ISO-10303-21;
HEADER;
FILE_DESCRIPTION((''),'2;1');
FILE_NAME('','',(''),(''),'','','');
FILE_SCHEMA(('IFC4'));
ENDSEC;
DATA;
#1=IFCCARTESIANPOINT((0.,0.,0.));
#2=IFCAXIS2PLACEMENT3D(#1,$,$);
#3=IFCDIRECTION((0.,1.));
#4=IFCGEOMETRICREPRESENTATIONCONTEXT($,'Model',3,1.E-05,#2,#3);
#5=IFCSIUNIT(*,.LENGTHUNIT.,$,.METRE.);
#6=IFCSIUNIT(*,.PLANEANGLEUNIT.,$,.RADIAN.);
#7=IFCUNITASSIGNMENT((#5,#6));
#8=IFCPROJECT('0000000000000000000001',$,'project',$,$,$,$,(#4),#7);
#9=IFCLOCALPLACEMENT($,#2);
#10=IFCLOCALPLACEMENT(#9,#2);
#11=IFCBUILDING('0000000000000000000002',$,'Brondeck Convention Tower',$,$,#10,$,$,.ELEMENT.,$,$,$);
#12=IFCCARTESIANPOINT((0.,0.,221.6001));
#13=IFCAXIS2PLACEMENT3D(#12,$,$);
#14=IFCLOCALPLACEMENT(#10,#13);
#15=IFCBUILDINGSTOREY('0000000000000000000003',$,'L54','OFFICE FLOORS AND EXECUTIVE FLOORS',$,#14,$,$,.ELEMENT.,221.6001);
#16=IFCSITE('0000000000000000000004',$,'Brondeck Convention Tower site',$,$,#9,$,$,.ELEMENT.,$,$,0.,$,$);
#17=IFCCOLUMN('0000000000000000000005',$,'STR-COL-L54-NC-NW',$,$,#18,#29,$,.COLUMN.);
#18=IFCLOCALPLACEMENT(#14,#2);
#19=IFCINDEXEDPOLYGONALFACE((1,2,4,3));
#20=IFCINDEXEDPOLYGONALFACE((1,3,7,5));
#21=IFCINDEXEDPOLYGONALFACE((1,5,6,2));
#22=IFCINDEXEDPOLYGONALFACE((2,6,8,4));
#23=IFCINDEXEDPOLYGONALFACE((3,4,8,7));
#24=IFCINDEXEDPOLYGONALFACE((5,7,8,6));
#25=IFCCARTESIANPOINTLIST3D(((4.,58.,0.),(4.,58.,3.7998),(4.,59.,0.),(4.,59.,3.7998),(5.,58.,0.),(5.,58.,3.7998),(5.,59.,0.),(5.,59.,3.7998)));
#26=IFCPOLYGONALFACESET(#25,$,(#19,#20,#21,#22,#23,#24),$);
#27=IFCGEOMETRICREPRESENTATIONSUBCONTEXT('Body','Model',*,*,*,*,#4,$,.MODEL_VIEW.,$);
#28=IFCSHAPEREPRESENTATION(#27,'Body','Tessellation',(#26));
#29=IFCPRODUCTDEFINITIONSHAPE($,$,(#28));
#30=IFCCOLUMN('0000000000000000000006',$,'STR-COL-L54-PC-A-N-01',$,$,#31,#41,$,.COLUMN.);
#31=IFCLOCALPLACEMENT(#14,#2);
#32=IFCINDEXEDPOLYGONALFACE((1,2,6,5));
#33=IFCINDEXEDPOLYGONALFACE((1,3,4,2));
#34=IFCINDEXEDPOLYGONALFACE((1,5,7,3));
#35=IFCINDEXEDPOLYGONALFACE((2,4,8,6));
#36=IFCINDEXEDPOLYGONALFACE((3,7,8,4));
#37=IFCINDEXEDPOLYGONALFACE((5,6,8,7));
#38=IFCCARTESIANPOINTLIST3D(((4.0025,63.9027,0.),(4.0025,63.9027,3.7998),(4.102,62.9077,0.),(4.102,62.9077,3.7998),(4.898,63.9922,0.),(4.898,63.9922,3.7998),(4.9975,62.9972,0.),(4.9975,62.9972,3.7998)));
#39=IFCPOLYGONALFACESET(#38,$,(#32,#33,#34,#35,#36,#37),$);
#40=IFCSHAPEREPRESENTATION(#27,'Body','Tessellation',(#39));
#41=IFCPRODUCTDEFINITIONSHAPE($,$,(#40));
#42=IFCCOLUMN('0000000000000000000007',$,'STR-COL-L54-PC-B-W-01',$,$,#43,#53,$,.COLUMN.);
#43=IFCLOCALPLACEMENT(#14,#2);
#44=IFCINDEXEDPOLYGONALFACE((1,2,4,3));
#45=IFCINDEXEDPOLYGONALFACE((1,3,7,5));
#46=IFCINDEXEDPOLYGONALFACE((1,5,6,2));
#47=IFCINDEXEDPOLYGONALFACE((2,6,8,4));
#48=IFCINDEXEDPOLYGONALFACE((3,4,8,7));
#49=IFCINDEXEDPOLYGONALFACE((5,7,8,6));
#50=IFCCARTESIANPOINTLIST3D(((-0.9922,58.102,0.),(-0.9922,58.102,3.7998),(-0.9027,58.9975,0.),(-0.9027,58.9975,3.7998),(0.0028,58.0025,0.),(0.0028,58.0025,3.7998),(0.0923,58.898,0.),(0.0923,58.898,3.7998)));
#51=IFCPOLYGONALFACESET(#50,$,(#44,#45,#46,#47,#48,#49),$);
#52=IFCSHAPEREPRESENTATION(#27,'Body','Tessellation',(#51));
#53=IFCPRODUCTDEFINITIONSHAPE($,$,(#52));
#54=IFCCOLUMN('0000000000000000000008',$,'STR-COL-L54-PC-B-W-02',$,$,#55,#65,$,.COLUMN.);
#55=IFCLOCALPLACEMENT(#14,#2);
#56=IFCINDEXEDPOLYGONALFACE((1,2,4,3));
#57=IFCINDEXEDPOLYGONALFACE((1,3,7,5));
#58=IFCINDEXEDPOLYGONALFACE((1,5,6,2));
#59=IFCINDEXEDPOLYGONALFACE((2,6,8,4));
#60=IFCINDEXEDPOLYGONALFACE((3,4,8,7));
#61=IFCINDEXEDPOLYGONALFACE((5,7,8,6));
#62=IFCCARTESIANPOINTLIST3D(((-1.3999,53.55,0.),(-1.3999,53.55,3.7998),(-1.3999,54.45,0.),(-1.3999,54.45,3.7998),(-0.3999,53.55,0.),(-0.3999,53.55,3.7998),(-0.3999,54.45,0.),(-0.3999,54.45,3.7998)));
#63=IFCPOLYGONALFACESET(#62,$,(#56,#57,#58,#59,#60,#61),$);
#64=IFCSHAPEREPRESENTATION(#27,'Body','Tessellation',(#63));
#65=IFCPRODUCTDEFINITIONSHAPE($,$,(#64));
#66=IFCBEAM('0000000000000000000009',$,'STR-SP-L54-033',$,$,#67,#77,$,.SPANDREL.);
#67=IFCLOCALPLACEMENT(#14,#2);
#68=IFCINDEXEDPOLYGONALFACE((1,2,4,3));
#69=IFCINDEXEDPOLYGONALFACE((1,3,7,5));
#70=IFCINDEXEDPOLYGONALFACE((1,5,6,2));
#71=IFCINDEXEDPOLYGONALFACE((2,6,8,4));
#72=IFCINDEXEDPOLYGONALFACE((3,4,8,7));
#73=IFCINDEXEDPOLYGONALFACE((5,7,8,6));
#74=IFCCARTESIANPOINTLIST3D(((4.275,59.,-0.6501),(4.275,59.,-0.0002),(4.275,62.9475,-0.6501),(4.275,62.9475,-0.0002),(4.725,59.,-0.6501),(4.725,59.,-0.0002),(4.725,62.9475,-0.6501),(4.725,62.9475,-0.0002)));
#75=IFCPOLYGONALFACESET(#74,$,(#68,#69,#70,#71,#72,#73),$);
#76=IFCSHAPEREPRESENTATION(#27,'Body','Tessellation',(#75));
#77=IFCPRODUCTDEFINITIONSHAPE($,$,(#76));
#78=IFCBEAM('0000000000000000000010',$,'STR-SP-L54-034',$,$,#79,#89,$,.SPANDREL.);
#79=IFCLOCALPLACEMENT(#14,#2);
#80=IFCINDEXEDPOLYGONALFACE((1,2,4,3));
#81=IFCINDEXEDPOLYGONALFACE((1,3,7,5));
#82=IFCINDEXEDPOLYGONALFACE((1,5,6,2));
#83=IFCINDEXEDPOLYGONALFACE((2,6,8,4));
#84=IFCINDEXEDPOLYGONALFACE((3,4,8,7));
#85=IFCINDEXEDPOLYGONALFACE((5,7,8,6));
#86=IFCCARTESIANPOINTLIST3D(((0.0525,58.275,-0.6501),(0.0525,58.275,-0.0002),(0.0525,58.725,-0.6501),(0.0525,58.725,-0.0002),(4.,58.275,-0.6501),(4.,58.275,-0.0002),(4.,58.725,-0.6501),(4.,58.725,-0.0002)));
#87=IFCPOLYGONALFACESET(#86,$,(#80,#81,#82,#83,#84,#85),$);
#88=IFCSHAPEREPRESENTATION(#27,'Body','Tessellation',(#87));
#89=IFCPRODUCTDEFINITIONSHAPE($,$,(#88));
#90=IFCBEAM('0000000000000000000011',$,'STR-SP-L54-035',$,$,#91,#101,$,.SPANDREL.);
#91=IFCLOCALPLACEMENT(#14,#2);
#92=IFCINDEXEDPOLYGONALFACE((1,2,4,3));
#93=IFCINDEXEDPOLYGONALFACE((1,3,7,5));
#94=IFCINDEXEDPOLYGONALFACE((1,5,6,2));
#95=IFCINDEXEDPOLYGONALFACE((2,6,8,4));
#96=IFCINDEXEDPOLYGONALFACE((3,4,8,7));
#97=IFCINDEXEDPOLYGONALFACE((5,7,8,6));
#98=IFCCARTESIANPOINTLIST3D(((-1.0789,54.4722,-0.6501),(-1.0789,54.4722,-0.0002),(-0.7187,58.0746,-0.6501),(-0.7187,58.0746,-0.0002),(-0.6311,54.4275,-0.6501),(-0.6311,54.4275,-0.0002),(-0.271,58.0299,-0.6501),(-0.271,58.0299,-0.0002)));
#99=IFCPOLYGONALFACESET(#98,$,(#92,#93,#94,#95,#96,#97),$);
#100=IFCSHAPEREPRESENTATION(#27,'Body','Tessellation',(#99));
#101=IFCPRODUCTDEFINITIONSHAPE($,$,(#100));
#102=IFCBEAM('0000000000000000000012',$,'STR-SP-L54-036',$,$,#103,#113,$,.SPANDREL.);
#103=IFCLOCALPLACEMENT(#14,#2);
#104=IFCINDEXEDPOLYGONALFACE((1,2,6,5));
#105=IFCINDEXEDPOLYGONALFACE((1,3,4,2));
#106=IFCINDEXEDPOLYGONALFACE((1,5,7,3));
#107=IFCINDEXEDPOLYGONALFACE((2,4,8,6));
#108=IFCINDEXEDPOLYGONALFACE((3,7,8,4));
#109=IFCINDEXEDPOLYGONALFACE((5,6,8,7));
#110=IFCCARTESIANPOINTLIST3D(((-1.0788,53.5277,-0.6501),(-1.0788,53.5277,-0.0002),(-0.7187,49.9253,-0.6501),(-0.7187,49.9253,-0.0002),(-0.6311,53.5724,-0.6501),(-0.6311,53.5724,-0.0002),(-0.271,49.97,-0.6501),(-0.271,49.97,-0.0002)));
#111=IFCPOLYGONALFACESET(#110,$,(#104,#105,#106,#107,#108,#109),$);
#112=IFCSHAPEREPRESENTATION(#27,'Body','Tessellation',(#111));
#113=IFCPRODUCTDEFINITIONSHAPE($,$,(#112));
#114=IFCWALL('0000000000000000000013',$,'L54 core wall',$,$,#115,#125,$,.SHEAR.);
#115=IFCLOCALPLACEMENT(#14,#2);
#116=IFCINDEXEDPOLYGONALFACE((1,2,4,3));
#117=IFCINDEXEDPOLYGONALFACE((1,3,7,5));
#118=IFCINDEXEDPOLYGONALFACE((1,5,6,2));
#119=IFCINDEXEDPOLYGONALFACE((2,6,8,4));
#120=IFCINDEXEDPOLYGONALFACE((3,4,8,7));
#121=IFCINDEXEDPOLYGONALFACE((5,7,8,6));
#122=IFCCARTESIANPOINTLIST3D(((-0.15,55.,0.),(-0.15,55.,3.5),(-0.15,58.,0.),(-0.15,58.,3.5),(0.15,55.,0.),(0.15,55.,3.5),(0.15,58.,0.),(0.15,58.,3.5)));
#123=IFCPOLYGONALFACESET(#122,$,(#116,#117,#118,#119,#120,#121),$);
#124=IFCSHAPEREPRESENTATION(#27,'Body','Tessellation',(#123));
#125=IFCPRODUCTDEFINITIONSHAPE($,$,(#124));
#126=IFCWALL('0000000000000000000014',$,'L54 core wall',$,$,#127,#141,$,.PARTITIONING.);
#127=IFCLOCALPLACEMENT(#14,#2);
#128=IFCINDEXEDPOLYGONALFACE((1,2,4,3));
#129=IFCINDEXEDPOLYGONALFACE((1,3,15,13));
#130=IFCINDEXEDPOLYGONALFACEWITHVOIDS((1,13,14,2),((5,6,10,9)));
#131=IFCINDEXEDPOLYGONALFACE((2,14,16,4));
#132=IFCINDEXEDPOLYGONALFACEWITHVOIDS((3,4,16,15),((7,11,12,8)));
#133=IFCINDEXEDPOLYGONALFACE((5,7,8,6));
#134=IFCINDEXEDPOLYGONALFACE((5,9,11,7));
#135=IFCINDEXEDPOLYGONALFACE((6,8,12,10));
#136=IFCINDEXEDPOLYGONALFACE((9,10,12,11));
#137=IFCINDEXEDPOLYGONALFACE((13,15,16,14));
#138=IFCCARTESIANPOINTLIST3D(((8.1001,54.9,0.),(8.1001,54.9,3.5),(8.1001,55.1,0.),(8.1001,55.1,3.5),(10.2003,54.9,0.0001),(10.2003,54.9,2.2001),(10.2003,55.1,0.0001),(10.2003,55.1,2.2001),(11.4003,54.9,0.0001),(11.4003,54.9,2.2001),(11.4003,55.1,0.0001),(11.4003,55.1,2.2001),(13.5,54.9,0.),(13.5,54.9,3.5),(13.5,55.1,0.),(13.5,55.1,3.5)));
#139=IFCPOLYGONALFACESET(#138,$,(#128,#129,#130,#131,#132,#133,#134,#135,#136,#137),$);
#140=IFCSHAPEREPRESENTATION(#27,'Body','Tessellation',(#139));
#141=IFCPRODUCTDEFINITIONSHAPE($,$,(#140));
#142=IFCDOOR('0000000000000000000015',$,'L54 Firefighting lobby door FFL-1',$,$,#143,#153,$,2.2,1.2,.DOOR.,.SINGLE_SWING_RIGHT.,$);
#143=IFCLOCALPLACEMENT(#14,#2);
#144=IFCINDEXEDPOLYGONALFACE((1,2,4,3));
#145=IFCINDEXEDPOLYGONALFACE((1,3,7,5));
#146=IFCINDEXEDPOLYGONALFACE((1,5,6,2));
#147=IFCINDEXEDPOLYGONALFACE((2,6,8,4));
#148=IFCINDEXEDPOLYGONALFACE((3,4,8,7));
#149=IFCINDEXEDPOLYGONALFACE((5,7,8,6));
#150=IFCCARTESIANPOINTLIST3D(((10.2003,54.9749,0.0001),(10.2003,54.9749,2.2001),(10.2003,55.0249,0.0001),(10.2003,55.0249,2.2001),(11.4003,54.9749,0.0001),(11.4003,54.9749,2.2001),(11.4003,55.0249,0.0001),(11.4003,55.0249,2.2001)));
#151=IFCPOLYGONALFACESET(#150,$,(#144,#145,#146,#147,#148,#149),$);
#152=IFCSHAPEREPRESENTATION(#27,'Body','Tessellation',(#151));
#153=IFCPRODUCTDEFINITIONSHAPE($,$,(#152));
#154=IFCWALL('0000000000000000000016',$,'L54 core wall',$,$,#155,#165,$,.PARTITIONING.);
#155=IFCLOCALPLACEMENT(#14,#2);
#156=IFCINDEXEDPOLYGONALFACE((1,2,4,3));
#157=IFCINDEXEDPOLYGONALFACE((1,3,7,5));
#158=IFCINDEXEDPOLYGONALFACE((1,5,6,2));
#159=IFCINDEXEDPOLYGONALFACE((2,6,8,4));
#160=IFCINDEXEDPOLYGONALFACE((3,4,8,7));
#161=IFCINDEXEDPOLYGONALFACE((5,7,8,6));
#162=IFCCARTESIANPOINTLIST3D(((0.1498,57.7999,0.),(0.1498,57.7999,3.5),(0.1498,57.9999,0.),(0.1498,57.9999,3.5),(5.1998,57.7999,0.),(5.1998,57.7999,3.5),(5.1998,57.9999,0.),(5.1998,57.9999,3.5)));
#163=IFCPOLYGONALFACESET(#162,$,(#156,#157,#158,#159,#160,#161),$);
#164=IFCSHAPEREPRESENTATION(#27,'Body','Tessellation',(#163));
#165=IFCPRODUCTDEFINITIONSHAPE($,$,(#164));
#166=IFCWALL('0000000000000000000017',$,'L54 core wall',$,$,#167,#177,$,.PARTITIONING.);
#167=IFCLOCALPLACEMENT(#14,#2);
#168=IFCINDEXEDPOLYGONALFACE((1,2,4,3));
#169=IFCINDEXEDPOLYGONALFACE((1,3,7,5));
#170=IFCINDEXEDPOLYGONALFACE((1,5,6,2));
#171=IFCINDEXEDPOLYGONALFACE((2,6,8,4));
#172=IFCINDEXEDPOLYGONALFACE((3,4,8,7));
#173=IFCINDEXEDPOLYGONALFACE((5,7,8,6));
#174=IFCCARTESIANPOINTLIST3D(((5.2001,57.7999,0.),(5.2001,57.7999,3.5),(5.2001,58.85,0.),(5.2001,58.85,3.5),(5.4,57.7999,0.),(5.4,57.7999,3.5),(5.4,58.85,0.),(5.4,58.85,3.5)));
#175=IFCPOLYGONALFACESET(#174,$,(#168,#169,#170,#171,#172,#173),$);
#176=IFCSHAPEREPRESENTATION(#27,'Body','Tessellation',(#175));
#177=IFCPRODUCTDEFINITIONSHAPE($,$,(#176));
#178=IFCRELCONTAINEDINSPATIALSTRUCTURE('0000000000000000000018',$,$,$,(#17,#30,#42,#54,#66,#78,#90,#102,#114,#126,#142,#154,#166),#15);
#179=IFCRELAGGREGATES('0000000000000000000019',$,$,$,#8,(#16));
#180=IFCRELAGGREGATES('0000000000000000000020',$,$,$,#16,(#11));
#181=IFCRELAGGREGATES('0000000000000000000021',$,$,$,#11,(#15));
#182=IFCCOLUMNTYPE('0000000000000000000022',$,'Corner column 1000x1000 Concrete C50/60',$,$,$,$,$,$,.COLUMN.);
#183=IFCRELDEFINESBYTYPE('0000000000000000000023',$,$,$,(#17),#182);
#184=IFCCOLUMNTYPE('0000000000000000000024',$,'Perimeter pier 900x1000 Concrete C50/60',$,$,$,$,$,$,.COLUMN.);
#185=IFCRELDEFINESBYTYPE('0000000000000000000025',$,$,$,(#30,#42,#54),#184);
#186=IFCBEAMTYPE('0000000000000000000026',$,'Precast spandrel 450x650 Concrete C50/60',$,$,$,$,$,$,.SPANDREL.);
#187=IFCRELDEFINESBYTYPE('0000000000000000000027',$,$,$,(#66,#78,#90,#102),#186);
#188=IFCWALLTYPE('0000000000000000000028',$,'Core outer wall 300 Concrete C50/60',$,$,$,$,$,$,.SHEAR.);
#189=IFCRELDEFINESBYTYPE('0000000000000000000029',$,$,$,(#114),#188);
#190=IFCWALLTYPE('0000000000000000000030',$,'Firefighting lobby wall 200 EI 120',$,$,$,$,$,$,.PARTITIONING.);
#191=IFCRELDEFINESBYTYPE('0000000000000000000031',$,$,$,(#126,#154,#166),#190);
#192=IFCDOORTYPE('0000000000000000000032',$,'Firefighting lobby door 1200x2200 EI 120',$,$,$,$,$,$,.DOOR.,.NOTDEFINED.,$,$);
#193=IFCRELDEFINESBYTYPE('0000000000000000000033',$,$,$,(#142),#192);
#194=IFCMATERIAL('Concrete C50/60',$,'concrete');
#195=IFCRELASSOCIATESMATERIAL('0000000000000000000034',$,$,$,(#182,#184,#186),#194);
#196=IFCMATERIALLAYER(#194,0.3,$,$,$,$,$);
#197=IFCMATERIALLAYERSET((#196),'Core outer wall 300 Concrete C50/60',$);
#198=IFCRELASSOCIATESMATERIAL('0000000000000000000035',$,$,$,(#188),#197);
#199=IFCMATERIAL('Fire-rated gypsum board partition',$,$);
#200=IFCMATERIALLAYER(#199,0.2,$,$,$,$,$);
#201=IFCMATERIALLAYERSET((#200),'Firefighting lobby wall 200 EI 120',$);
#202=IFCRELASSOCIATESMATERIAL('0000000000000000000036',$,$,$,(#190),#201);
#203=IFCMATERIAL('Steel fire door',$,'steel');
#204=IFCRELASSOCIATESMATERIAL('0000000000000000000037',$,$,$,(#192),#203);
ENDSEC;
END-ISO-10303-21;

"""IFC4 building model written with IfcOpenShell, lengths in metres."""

from ifc_helpers import new_model, si_unit, direction, frame, frame_2d, origin, origin_2d, place, context, subcontext, project, spatial, rectangle, extrude, material, layer, layer_set, material_profile, profile_set, type_object, element, fill, save


model = new_model("IFC4")

# Units and contexts
model_context = context("Model", 3, precision=1e-05, world=origin(), true_north=direction((0.0, 1.0)))
body_context = subcontext(model_context, "Body", "Model", "MODEL_VIEW")
ifc_project = project(units=[si_unit("LENGTHUNIT", "METRE"), si_unit("PLANEANGLEUNIT", "RADIAN")], contexts=[model_context])

# Site, building, storey
site_placement = place(None, origin())
site = spatial("IfcSite", under=ifc_project, at=site_placement, Name="Brondeck Convention Tower site", CompositionType="ELEMENT", RefElevation=0.0)
building_placement = place(site_placement, origin())
building = spatial("IfcBuilding", under=site, at=building_placement, Name="Brondeck Convention Tower", CompositionType="ELEMENT")
storey_placement = place(building_placement, frame((0.0, 0.0, 221.6001)))
storey = spatial("IfcBuildingStorey", under=building, at=storey_placement, Name="L54", Description="OFFICE FLOORS AND EXECUTIVE FLOORS", CompositionType="ELEMENT", Elevation=221.6001)

# Columns
ifc_material_1 = material(Name="Concrete C50/60", Category="concrete")
ifc_material_profile_1 = material_profile(ifc_material_1, rectangle(XDim=1.0, YDim=1.0, at=origin_2d()), Name="Corner column 1000x1000 Concrete C50/60")
ifc_profile_set_1 = profile_set([ifc_material_profile_1], Name="Concrete C50/60")
column_type_1 = type_object("IfcColumnType", Name="Corner column 1000x1000 Concrete C50/60", PredefinedType="COLUMN", material=ifc_profile_set_1)
column_placement = place(storey_placement, frame((4.5, 58.5, 0.0), z_axis=(0.0, 0.0, 1.0), x_axis=(1.0, 0.0, 0.0)))
element("IfcColumn", 1, at=column_placement, inside=storey, type_object=column_type_1, Name="STR-COL-L54-NC-NW", PredefinedType="COLUMN", context=body_context, shape_type="SweptSolid", body=[
    extrude(rectangle(XDim=1.0, YDim=1.0, at=origin_2d()), origin(), (0.0, 0.0, 1.0), 3.7998),
])
ifc_material_profile_2 = material_profile(ifc_material_1, rectangle(XDim=0.8999, YDim=1.0, at=origin_2d()), Name="Perimeter pier 900x1000 Concrete C50/60")
ifc_profile_set_2 = profile_set([ifc_material_profile_2], Name="Concrete C50/60")
column_type_2 = type_object("IfcColumnType", Name="Perimeter pier 900x1000 Concrete C50/60", PredefinedType="COLUMN", material=ifc_profile_set_2)
for number, where, z_axis, x_axis, name in (
    (2, (4.5, 63.45, 0.0), (0.0, 0.0, 1.0), (-0.995037, -0.099504, 0.0), "STR-COL-L54-PC-A-N-01"),
    (3, (-0.45, 58.5, 0.0), (0.0, 0.0, 1.0), (-0.099504, -0.995037, 0.0), "STR-COL-L54-PC-B-W-01"),
    (4, (-0.8999, 54.0, 0.0), (0.0, 0.0, 1.0), (0.0, -1.0, 0.0), "STR-COL-L54-PC-B-W-02"),
):
    element("IfcColumn", number, at=place(storey_placement, frame(where, z_axis=z_axis, x_axis=x_axis)), inside=storey, type_object=column_type_2, Name=name, PredefinedType="COLUMN", context=body_context, shape_type="SweptSolid", body=[
        extrude(rectangle(XDim=0.8999, YDim=1.0, at=origin_2d()), origin(), (0.0, 0.0, 1.0), 3.7998),
    ])

# Beams
ifc_material_profile_3 = material_profile(ifc_material_1, rectangle(XDim=0.45, YDim=0.6499, at=origin_2d()), Name="Precast spandrel 450x650 Concrete C50/60")
ifc_profile_set_3 = profile_set([ifc_material_profile_3], Name="Concrete C50/60")
beam_type = type_object("IfcBeamType", Name="Precast spandrel 450x650 Concrete C50/60", PredefinedType="SPANDREL", material=ifc_profile_set_3)
for number, where, z_axis, x_axis, name in (
    (5, (4.5, 62.9475, -0.3252), (0.0, -1.0, 0.0), (1.0, 0.0, 0.0), "STR-SP-L54-033"),
    (6, (4.0, 58.5, -0.3252), (-1.0, 0.0, 0.0), (0.0, -1.0, 0.0), "STR-SP-L54-034"),
):
    element("IfcBeam", number, at=place(storey_placement, frame(where, z_axis=z_axis, x_axis=x_axis)), inside=storey, type_object=beam_type, Name=name, PredefinedType="SPANDREL", context=body_context, shape_type="SweptSolid", body=[
        extrude(rectangle(XDim=0.45, YDim=0.6499, at=origin_2d()), origin(), (0.0, 0.0, 1.0), 3.9475),
    ])
for number, where, z_axis, x_axis, name in (
    (7, (-0.4949, 58.0522, -0.3252), (-0.09947, -0.995041, 0.0), (0.995041, -0.09947, 0.0), "STR-SP-L54-035"),
    (8, (-0.855, 53.55, -0.3252), (0.09947, -0.995041, 0.0), (0.995041, 0.09947, 0.0), "STR-SP-L54-036"),
):
    element("IfcBeam", number, at=place(storey_placement, frame(where, z_axis=z_axis, x_axis=x_axis)), inside=storey, type_object=beam_type, Name=name, PredefinedType="SPANDREL", context=body_context, shape_type="SweptSolid", body=[
        extrude(rectangle(XDim=0.45, YDim=0.6499, at=origin_2d()), origin(), (0.0, 0.0, 1.0), 3.6204),
    ])

# Wall
ifc_layer_1 = layer(ifc_material_1, 0.3)
ifc_layer_set_1 = layer_set([ifc_layer_1], Name="Core outer wall 300 Concrete C50/60")
wall_type_1 = type_object("IfcWallType", Name="Core outer wall 300 Concrete C50/60", PredefinedType="SHEAR", material=ifc_layer_set_1)
wall_1_placement = place(storey_placement, frame((0.0, 55.0, 0.0), z_axis=(0.0, 0.0, 1.0), x_axis=(0.0, 1.0, 0.0)))
element("IfcWall", 9, at=wall_1_placement, inside=storey, type_object=wall_type_1, Name="L54 core wall", PredefinedType="SHEAR", context=body_context, shape_type="SweptSolid", body=[
    extrude(rectangle(XDim=3.0, YDim=0.3, at=frame_2d((1.5, 0.0))), origin(), (0.0, 0.0, 1.0), 3.5),
])

# Wall, opening, door
ifc_material_2 = material(Name="Fire-rated gypsum board partition")
ifc_layer_2 = layer(ifc_material_2, 0.2)
ifc_layer_set_2 = layer_set([ifc_layer_2], Name="Firefighting lobby wall 200 EI 120")
wall_type_2 = type_object("IfcWallType", Name="Firefighting lobby wall 200 EI 120", PredefinedType="PARTITIONING", material=ifc_layer_set_2)
wall_2_placement = place(storey_placement, frame((8.1001, 55.0, 0.0), z_axis=(0.0, 0.0, 1.0), x_axis=(1.0, 0.0, 0.0)))
wall_2 = element("IfcWall", 10, at=wall_2_placement, inside=storey, type_object=wall_type_2, Name="L54 core wall", PredefinedType="PARTITIONING", context=body_context, shape_type="SweptSolid", body=[
    extrude(rectangle(XDim=5.3999, YDim=0.2, at=frame_2d((2.7, 0.0))), origin(), (0.0, 0.0, 1.0), 3.5),
])
opening_1_placement = place(wall_2_placement, frame((2.1001, 0.0, 0.0)))
opening_1 = element("IfcOpeningElement", 11, at=opening_1_placement, cuts=wall_2, PredefinedType="OPENING", context=body_context, shape_type="SweptSolid", body=[
    extrude(rectangle(XDim=1.2, YDim=2.2, at=frame_2d((0.6001, 1.1001))), frame((0.0, 0.1099, 0.0), z_axis=(0.0, -1.0, 0.0), x_axis=(1.0, 0.0, 0.0)), (0.0, 0.0, 1.0), 0.22),
])
ifc_material_3 = material(Name="Steel fire door", Category="steel")
door_type_1 = type_object("IfcDoorType", Name="Firefighting lobby door 1200x2200 EI 120", OperationType="NOTDEFINED", PredefinedType="DOOR", material=ifc_material_3)
door_1_placement = place(opening_1_placement, origin())
door_1 = element("IfcDoor", 12, at=door_1_placement, inside=storey, type_object=door_type_1, Name="L54 Firefighting lobby door FFL-1", OperationType="SINGLE_SWING_RIGHT", OverallHeight=2.2, OverallWidth=1.2, PredefinedType="DOOR", context=body_context, shape_type="SweptSolid", body=[
    extrude(rectangle(XDim=1.2, YDim=2.2, at=frame_2d((0.6001, 1.1001))), frame((0.0, 0.0249, 0.0), z_axis=(0.0, -1.0, 0.0), x_axis=(1.0, 0.0, 0.0)), (0.0, 0.0, 1.0), 0.05),
])
fill(opening_1, door_1)

# Walls
wall_3_placement = place(storey_placement, frame((0.1499, 57.8999, 0.0), z_axis=(0.0, 0.0, 1.0), x_axis=(1.0, 0.0, 0.0)))
element("IfcWall", 13, at=wall_3_placement, inside=storey, type_object=wall_type_2, Name="L54 core wall", PredefinedType="PARTITIONING", context=body_context, shape_type="SweptSolid", body=[
    extrude(rectangle(XDim=5.05, YDim=0.2, at=frame_2d((2.5249, 0.0))), origin(), (0.0, 0.0, 1.0), 3.5),
])
wall_4_placement = place(storey_placement, frame((5.3, 57.8, 0.0), z_axis=(0.0, 0.0, 1.0), x_axis=(0.0, 1.0, 0.0)))
element("IfcWall", 14, at=wall_4_placement, inside=storey, type_object=wall_type_2, Name="L54 core wall", PredefinedType="PARTITIONING", context=body_context, shape_type="SweptSolid", body=[
    extrude(rectangle(XDim=1.05, YDim=0.2, at=frame_2d((0.5249, 0.0))), origin(), (0.0, 0.0, 1.0), 3.5),
])

save(model, "model.ifc")
